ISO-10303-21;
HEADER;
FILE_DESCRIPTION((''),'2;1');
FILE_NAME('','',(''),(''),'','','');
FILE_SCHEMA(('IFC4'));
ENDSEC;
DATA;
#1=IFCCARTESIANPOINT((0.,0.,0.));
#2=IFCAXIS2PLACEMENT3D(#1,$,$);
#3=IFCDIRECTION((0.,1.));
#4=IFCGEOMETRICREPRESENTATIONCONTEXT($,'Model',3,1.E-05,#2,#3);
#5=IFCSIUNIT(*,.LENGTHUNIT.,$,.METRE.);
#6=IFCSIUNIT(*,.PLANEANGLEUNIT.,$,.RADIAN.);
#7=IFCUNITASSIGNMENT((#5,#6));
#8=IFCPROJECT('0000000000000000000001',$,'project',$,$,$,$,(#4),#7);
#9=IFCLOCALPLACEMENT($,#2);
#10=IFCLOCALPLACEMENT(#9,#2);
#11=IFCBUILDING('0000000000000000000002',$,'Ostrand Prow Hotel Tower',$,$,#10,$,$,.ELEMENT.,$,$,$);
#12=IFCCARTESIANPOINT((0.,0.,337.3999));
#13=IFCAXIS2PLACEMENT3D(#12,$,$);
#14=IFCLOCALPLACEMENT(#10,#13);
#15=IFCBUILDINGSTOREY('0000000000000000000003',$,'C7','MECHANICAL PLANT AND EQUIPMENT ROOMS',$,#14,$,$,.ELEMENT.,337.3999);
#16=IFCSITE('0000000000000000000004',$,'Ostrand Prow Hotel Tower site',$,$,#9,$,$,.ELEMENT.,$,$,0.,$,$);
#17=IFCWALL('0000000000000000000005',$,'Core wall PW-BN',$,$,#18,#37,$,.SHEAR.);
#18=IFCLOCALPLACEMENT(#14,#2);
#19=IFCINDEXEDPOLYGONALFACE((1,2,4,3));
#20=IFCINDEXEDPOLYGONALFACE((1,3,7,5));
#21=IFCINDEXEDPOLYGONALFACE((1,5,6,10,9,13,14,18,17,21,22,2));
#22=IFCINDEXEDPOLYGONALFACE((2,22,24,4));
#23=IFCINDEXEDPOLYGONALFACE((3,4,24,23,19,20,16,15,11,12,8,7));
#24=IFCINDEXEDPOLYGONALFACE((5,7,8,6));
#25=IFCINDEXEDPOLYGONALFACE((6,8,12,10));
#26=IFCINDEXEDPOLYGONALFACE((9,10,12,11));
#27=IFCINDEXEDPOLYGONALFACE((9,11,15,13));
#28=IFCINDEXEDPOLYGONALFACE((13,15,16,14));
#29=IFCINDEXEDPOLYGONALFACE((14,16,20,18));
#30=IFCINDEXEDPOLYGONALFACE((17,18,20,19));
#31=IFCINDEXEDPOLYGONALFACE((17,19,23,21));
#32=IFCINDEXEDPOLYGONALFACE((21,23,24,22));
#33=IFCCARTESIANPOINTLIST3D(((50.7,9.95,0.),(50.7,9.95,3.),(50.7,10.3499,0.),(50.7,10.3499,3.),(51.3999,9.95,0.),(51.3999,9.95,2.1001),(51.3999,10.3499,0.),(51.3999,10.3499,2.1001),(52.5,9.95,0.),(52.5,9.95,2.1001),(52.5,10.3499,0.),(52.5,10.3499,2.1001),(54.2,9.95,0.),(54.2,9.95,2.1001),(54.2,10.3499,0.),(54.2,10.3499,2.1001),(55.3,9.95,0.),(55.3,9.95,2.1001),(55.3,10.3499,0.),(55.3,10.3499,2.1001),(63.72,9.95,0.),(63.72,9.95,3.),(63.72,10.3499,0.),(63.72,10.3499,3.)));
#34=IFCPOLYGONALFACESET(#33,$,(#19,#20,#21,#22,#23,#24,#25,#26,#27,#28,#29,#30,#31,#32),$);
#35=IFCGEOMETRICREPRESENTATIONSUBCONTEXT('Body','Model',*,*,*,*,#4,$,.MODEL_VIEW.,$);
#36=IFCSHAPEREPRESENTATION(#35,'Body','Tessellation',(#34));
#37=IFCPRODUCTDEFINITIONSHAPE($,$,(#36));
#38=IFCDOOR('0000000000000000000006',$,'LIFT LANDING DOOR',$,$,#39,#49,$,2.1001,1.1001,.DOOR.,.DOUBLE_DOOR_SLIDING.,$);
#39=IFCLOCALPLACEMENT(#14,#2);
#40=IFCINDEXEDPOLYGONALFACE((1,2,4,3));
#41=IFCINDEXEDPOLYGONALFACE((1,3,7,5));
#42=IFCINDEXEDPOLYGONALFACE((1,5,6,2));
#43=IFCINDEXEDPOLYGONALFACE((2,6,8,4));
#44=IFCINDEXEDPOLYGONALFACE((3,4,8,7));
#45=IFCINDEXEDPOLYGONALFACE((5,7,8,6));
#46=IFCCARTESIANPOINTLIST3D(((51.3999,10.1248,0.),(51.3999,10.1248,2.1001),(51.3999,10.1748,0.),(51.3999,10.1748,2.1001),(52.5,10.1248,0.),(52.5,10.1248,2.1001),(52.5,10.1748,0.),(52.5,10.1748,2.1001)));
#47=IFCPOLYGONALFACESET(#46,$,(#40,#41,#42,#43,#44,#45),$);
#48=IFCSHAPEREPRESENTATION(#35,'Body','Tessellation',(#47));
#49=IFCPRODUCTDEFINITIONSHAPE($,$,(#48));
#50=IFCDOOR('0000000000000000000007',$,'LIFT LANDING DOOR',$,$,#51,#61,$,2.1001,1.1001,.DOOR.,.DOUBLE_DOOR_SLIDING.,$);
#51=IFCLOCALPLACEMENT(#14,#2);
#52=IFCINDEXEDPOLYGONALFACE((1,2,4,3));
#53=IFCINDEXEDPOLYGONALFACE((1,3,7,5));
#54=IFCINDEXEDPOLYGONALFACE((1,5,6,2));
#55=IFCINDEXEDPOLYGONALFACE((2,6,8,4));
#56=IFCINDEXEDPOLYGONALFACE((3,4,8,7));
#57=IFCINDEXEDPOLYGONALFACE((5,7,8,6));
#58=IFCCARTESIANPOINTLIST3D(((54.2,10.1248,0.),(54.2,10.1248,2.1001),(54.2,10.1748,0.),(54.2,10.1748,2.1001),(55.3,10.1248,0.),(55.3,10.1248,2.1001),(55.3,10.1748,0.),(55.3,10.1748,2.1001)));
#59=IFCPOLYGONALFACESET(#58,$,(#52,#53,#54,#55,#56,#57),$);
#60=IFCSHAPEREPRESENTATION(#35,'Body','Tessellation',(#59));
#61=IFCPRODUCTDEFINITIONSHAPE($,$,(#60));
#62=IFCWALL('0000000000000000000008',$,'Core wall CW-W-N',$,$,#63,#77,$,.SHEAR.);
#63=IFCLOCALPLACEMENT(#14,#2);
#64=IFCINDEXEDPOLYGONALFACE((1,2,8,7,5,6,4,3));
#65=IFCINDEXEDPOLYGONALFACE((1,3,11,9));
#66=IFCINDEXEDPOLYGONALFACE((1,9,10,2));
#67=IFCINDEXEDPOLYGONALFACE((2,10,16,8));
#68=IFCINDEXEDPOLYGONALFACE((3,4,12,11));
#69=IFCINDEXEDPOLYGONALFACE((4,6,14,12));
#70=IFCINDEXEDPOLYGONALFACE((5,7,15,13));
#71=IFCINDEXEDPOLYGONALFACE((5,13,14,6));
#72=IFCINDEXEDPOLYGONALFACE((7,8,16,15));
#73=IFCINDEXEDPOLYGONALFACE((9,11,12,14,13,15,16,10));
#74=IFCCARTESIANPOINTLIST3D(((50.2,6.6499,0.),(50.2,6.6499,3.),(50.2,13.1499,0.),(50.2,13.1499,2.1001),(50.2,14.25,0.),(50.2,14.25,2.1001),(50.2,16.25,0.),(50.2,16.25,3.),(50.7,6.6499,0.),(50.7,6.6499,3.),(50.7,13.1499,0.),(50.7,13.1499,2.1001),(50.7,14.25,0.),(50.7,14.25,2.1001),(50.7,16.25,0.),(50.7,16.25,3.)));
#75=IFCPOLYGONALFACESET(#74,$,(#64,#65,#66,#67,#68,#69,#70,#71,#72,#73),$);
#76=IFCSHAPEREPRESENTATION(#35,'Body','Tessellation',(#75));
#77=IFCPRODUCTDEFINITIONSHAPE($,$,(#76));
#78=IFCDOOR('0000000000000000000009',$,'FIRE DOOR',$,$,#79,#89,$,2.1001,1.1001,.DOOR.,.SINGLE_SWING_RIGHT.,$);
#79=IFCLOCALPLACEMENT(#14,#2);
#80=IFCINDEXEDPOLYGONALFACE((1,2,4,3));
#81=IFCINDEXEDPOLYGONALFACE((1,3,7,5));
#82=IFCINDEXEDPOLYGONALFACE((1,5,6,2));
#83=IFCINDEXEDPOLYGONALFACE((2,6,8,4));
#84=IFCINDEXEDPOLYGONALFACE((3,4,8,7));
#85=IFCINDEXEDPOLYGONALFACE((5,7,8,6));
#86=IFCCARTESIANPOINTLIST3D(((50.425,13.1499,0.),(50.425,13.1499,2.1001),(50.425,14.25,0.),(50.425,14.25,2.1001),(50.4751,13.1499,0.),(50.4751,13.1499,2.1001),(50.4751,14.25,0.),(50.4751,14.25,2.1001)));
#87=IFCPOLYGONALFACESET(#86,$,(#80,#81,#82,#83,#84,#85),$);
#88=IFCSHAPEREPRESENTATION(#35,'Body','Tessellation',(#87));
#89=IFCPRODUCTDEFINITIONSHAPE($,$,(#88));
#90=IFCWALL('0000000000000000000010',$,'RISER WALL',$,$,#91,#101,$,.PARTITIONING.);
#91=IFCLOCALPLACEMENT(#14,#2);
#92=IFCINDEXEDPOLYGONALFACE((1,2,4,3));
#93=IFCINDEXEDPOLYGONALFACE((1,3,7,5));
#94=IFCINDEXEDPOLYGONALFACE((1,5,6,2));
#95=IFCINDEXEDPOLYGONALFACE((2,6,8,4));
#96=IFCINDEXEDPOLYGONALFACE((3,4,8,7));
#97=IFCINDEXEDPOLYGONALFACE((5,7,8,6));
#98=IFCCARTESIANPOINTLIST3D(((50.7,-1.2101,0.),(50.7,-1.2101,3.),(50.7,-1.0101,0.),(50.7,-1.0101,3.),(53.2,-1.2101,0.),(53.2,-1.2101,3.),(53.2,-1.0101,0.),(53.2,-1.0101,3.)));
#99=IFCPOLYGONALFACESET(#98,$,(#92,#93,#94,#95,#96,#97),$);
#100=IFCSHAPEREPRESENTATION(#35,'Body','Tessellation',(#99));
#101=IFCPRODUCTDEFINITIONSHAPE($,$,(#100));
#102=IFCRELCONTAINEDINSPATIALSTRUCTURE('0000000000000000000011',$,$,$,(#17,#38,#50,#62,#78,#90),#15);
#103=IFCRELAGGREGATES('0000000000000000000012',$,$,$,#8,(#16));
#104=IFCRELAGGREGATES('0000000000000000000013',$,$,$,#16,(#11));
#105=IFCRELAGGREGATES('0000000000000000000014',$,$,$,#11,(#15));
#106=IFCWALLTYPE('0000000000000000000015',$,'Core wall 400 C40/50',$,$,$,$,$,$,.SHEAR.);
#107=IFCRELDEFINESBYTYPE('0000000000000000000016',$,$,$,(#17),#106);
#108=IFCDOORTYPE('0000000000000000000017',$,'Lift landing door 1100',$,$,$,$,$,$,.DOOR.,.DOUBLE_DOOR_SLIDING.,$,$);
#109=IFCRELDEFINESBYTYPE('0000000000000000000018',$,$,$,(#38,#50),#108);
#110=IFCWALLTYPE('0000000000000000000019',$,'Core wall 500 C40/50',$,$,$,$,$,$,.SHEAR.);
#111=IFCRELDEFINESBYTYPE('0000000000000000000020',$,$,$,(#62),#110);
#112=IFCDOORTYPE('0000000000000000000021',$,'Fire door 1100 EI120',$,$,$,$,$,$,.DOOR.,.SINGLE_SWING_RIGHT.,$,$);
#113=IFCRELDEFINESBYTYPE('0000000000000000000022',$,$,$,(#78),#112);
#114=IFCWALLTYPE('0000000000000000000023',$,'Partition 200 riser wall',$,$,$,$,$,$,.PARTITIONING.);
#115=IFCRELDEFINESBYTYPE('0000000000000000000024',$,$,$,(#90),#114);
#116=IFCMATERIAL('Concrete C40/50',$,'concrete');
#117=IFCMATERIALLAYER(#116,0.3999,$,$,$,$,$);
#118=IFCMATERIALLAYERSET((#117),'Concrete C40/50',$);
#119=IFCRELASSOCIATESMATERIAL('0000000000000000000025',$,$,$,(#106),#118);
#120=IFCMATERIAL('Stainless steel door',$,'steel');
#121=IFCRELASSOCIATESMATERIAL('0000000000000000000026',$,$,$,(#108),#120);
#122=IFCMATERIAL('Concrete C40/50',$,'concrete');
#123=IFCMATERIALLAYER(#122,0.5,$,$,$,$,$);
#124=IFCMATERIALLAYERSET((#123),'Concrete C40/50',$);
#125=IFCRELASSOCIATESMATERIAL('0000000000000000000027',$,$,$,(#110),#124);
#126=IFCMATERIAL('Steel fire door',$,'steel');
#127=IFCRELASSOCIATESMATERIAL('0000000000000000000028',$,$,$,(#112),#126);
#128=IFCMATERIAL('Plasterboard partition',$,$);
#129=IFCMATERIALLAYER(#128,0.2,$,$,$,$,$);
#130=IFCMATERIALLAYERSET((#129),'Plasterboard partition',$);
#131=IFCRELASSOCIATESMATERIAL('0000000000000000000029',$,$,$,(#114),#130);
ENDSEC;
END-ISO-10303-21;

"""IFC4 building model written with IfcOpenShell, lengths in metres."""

from ifc_helpers import new_model, si_unit, direction, frame, frame_2d, origin, place, context, subcontext, project, spatial, rectangle, extrude, material, layer, layer_set, type_object, element, fill, save


model = new_model("IFC4")

# Units and contexts
model_context = context("Model", 3, precision=1e-05, world=origin(), true_north=direction((0.0, 1.0)))
body_context = subcontext(model_context, "Body", "Model", "MODEL_VIEW")
ifc_project = project(units=[si_unit("LENGTHUNIT", "METRE"), si_unit("PLANEANGLEUNIT", "RADIAN")], contexts=[model_context])

# Site, building, storey
site_placement = place(None, origin())
site = spatial("IfcSite", under=ifc_project, at=site_placement, Name="Ostrand Prow Hotel Tower site", CompositionType="ELEMENT", RefElevation=0.0)
building_placement = place(site_placement, origin())
building = spatial("IfcBuilding", under=site, at=building_placement, Name="Ostrand Prow Hotel Tower", CompositionType="ELEMENT")
storey_placement = place(building_placement, frame((0.0, 0.0, 337.3999)))
storey = spatial("IfcBuildingStorey", under=building, at=storey_placement, Name="C7", Description="MECHANICAL PLANT AND EQUIPMENT ROOMS", CompositionType="ELEMENT", Elevation=337.3999)

# Wall, openings, doors
ifc_material_1 = material(Name="Concrete C40/50", Category="concrete")
ifc_layer_1 = layer(ifc_material_1, 0.3999)
ifc_layer_set_1 = layer_set([ifc_layer_1], Name="Concrete C40/50")
wall_type_1 = type_object("IfcWallType", Name="Core wall 400 C40/50", PredefinedType="SHEAR", material=ifc_layer_set_1)
wall_1_placement = place(storey_placement, frame((50.7, 10.1499, 0.0), z_axis=(0.0, 0.0, 1.0), x_axis=(1.0, 0.0, 0.0)))
wall_1 = element("IfcWall", 1, at=wall_1_placement, inside=storey, type_object=wall_type_1, Name="Core wall PW-BN", PredefinedType="SHEAR", context=body_context, shape_type="SweptSolid", body=[
    extrude(rectangle(XDim=13.02, YDim=0.3999, at=frame_2d((6.51, 0.0))), origin(), (0.0, 0.0, 1.0), 3.0),
])
opening_1_placement = place(wall_1_placement, frame((0.7, 0.0, 0.0)))
opening_1 = element("IfcOpeningElement", 2, at=opening_1_placement, cuts=wall_1, PredefinedType="OPENING", context=body_context, shape_type="SweptSolid", body=[
    extrude(rectangle(XDim=1.1001, YDim=2.1001, at=frame_2d((0.55, 1.05))), frame((0.0, 0.21, 0.0), z_axis=(0.0, -1.0, 0.0), x_axis=(1.0, 0.0, 0.0)), (0.0, 0.0, 1.0), 0.4199),
])
opening_2_placement = place(wall_1_placement, frame((3.5, 0.0, 0.0)))
opening_2 = element("IfcOpeningElement", 3, at=opening_2_placement, cuts=wall_1, PredefinedType="OPENING", context=body_context, shape_type="SweptSolid", body=[
    extrude(rectangle(XDim=1.1001, YDim=2.1001, at=frame_2d((0.55, 1.05))), frame((0.0, 0.21, 0.0), z_axis=(0.0, -1.0, 0.0), x_axis=(1.0, 0.0, 0.0)), (0.0, 0.0, 1.0), 0.4199),
])
ifc_material_2 = material(Name="Stainless steel door", Category="steel")
door_type_1 = type_object("IfcDoorType", Name="Lift landing door 1100", OperationType="DOUBLE_DOOR_SLIDING", PredefinedType="DOOR", material=ifc_material_2)
door_1_placement = place(opening_1_placement, origin())
door_1 = element("IfcDoor", 4, at=door_1_placement, inside=storey, type_object=door_type_1, Name="LIFT LANDING DOOR", OperationType="DOUBLE_DOOR_SLIDING", OverallHeight=2.1001, OverallWidth=1.1001, PredefinedType="DOOR", context=body_context, shape_type="SweptSolid", body=[
    extrude(rectangle(XDim=1.1001, YDim=2.1001, at=frame_2d((0.55, 1.05))), frame((0.0, 0.0249, 0.0), z_axis=(0.0, -1.0, 0.0), x_axis=(1.0, 0.0, 0.0)), (0.0, 0.0, 1.0), 0.05),
])
fill(opening_1, door_1)
door_2_placement = place(opening_2_placement, origin())
door_2 = element("IfcDoor", 5, at=door_2_placement, inside=storey, type_object=door_type_1, Name="LIFT LANDING DOOR", OperationType="DOUBLE_DOOR_SLIDING", OverallHeight=2.1001, OverallWidth=1.1001, PredefinedType="DOOR", context=body_context, shape_type="SweptSolid", body=[
    extrude(rectangle(XDim=1.1001, YDim=2.1001, at=frame_2d((0.55, 1.05))), frame((0.0, 0.0249, 0.0), z_axis=(0.0, -1.0, 0.0), x_axis=(1.0, 0.0, 0.0)), (0.0, 0.0, 1.0), 0.05),
])
fill(opening_2, door_2)

# Wall, opening, door
ifc_material_3 = material(Name="Concrete C40/50", Category="concrete")
ifc_layer_2 = layer(ifc_material_3, 0.5)
ifc_layer_set_2 = layer_set([ifc_layer_2], Name="Concrete C40/50")
wall_type_2 = type_object("IfcWallType", Name="Core wall 500 C40/50", PredefinedType="SHEAR", material=ifc_layer_set_2)
wall_2_placement = place(storey_placement, frame((50.45, 6.6499, 0.0), z_axis=(0.0, 0.0, 1.0), x_axis=(0.0, 1.0, 0.0)))
wall_2 = element("IfcWall", 6, at=wall_2_placement, inside=storey, type_object=wall_type_2, Name="Core wall CW-W-N", PredefinedType="SHEAR", context=body_context, shape_type="SweptSolid", body=[
    extrude(rectangle(XDim=9.6001, YDim=0.5, at=frame_2d((4.8, 0.0))), origin(), (0.0, 0.0, 1.0), 3.0),
])
opening_3_placement = place(wall_2_placement, frame((6.5, 0.0, 0.0)))
opening_3 = element("IfcOpeningElement", 7, at=opening_3_placement, cuts=wall_2, PredefinedType="OPENING", context=body_context, shape_type="SweptSolid", body=[
    extrude(rectangle(XDim=1.1001, YDim=2.1001, at=frame_2d((0.55, 1.05))), frame((0.0, 0.26, 0.0), z_axis=(0.0, -1.0, 0.0), x_axis=(1.0, 0.0, 0.0)), (0.0, 0.0, 1.0), 0.52),
])
ifc_material_4 = material(Name="Steel fire door", Category="steel")
door_type_2 = type_object("IfcDoorType", Name="Fire door 1100 EI120", OperationType="SINGLE_SWING_RIGHT", PredefinedType="DOOR", material=ifc_material_4)
door_3_placement = place(opening_3_placement, origin())
door_3 = element("IfcDoor", 8, at=door_3_placement, inside=storey, type_object=door_type_2, Name="FIRE DOOR", OperationType="SINGLE_SWING_RIGHT", OverallHeight=2.1001, OverallWidth=1.1001, PredefinedType="DOOR", context=body_context, shape_type="SweptSolid", body=[
    extrude(rectangle(XDim=1.1001, YDim=2.1001, at=frame_2d((0.55, 1.05))), frame((0.0, 0.0249, 0.0), z_axis=(0.0, -1.0, 0.0), x_axis=(1.0, 0.0, 0.0)), (0.0, 0.0, 1.0), 0.05),
])
fill(opening_3, door_3)

# Wall
ifc_material_5 = material(Name="Plasterboard partition")
ifc_layer_3 = layer(ifc_material_5, 0.2)
ifc_layer_set_3 = layer_set([ifc_layer_3], Name="Plasterboard partition")
wall_type_3 = type_object("IfcWallType", Name="Partition 200 riser wall", PredefinedType="PARTITIONING", material=ifc_layer_set_3)
wall_3_placement = place(storey_placement, frame((53.2, -1.1101, 0.0), z_axis=(0.0, 0.0, 1.0), x_axis=(-1.0, 0.0, 0.0)))
element("IfcWall", 9, at=wall_3_placement, inside=storey, type_object=wall_type_3, Name="RISER WALL", PredefinedType="PARTITIONING", context=body_context, shape_type="SweptSolid", body=[
    extrude(rectangle(XDim=2.5, YDim=0.2, at=frame_2d((1.25, 0.0))), origin(), (0.0, 0.0, 1.0), 3.0),
])

save(model, "model.ifc")
